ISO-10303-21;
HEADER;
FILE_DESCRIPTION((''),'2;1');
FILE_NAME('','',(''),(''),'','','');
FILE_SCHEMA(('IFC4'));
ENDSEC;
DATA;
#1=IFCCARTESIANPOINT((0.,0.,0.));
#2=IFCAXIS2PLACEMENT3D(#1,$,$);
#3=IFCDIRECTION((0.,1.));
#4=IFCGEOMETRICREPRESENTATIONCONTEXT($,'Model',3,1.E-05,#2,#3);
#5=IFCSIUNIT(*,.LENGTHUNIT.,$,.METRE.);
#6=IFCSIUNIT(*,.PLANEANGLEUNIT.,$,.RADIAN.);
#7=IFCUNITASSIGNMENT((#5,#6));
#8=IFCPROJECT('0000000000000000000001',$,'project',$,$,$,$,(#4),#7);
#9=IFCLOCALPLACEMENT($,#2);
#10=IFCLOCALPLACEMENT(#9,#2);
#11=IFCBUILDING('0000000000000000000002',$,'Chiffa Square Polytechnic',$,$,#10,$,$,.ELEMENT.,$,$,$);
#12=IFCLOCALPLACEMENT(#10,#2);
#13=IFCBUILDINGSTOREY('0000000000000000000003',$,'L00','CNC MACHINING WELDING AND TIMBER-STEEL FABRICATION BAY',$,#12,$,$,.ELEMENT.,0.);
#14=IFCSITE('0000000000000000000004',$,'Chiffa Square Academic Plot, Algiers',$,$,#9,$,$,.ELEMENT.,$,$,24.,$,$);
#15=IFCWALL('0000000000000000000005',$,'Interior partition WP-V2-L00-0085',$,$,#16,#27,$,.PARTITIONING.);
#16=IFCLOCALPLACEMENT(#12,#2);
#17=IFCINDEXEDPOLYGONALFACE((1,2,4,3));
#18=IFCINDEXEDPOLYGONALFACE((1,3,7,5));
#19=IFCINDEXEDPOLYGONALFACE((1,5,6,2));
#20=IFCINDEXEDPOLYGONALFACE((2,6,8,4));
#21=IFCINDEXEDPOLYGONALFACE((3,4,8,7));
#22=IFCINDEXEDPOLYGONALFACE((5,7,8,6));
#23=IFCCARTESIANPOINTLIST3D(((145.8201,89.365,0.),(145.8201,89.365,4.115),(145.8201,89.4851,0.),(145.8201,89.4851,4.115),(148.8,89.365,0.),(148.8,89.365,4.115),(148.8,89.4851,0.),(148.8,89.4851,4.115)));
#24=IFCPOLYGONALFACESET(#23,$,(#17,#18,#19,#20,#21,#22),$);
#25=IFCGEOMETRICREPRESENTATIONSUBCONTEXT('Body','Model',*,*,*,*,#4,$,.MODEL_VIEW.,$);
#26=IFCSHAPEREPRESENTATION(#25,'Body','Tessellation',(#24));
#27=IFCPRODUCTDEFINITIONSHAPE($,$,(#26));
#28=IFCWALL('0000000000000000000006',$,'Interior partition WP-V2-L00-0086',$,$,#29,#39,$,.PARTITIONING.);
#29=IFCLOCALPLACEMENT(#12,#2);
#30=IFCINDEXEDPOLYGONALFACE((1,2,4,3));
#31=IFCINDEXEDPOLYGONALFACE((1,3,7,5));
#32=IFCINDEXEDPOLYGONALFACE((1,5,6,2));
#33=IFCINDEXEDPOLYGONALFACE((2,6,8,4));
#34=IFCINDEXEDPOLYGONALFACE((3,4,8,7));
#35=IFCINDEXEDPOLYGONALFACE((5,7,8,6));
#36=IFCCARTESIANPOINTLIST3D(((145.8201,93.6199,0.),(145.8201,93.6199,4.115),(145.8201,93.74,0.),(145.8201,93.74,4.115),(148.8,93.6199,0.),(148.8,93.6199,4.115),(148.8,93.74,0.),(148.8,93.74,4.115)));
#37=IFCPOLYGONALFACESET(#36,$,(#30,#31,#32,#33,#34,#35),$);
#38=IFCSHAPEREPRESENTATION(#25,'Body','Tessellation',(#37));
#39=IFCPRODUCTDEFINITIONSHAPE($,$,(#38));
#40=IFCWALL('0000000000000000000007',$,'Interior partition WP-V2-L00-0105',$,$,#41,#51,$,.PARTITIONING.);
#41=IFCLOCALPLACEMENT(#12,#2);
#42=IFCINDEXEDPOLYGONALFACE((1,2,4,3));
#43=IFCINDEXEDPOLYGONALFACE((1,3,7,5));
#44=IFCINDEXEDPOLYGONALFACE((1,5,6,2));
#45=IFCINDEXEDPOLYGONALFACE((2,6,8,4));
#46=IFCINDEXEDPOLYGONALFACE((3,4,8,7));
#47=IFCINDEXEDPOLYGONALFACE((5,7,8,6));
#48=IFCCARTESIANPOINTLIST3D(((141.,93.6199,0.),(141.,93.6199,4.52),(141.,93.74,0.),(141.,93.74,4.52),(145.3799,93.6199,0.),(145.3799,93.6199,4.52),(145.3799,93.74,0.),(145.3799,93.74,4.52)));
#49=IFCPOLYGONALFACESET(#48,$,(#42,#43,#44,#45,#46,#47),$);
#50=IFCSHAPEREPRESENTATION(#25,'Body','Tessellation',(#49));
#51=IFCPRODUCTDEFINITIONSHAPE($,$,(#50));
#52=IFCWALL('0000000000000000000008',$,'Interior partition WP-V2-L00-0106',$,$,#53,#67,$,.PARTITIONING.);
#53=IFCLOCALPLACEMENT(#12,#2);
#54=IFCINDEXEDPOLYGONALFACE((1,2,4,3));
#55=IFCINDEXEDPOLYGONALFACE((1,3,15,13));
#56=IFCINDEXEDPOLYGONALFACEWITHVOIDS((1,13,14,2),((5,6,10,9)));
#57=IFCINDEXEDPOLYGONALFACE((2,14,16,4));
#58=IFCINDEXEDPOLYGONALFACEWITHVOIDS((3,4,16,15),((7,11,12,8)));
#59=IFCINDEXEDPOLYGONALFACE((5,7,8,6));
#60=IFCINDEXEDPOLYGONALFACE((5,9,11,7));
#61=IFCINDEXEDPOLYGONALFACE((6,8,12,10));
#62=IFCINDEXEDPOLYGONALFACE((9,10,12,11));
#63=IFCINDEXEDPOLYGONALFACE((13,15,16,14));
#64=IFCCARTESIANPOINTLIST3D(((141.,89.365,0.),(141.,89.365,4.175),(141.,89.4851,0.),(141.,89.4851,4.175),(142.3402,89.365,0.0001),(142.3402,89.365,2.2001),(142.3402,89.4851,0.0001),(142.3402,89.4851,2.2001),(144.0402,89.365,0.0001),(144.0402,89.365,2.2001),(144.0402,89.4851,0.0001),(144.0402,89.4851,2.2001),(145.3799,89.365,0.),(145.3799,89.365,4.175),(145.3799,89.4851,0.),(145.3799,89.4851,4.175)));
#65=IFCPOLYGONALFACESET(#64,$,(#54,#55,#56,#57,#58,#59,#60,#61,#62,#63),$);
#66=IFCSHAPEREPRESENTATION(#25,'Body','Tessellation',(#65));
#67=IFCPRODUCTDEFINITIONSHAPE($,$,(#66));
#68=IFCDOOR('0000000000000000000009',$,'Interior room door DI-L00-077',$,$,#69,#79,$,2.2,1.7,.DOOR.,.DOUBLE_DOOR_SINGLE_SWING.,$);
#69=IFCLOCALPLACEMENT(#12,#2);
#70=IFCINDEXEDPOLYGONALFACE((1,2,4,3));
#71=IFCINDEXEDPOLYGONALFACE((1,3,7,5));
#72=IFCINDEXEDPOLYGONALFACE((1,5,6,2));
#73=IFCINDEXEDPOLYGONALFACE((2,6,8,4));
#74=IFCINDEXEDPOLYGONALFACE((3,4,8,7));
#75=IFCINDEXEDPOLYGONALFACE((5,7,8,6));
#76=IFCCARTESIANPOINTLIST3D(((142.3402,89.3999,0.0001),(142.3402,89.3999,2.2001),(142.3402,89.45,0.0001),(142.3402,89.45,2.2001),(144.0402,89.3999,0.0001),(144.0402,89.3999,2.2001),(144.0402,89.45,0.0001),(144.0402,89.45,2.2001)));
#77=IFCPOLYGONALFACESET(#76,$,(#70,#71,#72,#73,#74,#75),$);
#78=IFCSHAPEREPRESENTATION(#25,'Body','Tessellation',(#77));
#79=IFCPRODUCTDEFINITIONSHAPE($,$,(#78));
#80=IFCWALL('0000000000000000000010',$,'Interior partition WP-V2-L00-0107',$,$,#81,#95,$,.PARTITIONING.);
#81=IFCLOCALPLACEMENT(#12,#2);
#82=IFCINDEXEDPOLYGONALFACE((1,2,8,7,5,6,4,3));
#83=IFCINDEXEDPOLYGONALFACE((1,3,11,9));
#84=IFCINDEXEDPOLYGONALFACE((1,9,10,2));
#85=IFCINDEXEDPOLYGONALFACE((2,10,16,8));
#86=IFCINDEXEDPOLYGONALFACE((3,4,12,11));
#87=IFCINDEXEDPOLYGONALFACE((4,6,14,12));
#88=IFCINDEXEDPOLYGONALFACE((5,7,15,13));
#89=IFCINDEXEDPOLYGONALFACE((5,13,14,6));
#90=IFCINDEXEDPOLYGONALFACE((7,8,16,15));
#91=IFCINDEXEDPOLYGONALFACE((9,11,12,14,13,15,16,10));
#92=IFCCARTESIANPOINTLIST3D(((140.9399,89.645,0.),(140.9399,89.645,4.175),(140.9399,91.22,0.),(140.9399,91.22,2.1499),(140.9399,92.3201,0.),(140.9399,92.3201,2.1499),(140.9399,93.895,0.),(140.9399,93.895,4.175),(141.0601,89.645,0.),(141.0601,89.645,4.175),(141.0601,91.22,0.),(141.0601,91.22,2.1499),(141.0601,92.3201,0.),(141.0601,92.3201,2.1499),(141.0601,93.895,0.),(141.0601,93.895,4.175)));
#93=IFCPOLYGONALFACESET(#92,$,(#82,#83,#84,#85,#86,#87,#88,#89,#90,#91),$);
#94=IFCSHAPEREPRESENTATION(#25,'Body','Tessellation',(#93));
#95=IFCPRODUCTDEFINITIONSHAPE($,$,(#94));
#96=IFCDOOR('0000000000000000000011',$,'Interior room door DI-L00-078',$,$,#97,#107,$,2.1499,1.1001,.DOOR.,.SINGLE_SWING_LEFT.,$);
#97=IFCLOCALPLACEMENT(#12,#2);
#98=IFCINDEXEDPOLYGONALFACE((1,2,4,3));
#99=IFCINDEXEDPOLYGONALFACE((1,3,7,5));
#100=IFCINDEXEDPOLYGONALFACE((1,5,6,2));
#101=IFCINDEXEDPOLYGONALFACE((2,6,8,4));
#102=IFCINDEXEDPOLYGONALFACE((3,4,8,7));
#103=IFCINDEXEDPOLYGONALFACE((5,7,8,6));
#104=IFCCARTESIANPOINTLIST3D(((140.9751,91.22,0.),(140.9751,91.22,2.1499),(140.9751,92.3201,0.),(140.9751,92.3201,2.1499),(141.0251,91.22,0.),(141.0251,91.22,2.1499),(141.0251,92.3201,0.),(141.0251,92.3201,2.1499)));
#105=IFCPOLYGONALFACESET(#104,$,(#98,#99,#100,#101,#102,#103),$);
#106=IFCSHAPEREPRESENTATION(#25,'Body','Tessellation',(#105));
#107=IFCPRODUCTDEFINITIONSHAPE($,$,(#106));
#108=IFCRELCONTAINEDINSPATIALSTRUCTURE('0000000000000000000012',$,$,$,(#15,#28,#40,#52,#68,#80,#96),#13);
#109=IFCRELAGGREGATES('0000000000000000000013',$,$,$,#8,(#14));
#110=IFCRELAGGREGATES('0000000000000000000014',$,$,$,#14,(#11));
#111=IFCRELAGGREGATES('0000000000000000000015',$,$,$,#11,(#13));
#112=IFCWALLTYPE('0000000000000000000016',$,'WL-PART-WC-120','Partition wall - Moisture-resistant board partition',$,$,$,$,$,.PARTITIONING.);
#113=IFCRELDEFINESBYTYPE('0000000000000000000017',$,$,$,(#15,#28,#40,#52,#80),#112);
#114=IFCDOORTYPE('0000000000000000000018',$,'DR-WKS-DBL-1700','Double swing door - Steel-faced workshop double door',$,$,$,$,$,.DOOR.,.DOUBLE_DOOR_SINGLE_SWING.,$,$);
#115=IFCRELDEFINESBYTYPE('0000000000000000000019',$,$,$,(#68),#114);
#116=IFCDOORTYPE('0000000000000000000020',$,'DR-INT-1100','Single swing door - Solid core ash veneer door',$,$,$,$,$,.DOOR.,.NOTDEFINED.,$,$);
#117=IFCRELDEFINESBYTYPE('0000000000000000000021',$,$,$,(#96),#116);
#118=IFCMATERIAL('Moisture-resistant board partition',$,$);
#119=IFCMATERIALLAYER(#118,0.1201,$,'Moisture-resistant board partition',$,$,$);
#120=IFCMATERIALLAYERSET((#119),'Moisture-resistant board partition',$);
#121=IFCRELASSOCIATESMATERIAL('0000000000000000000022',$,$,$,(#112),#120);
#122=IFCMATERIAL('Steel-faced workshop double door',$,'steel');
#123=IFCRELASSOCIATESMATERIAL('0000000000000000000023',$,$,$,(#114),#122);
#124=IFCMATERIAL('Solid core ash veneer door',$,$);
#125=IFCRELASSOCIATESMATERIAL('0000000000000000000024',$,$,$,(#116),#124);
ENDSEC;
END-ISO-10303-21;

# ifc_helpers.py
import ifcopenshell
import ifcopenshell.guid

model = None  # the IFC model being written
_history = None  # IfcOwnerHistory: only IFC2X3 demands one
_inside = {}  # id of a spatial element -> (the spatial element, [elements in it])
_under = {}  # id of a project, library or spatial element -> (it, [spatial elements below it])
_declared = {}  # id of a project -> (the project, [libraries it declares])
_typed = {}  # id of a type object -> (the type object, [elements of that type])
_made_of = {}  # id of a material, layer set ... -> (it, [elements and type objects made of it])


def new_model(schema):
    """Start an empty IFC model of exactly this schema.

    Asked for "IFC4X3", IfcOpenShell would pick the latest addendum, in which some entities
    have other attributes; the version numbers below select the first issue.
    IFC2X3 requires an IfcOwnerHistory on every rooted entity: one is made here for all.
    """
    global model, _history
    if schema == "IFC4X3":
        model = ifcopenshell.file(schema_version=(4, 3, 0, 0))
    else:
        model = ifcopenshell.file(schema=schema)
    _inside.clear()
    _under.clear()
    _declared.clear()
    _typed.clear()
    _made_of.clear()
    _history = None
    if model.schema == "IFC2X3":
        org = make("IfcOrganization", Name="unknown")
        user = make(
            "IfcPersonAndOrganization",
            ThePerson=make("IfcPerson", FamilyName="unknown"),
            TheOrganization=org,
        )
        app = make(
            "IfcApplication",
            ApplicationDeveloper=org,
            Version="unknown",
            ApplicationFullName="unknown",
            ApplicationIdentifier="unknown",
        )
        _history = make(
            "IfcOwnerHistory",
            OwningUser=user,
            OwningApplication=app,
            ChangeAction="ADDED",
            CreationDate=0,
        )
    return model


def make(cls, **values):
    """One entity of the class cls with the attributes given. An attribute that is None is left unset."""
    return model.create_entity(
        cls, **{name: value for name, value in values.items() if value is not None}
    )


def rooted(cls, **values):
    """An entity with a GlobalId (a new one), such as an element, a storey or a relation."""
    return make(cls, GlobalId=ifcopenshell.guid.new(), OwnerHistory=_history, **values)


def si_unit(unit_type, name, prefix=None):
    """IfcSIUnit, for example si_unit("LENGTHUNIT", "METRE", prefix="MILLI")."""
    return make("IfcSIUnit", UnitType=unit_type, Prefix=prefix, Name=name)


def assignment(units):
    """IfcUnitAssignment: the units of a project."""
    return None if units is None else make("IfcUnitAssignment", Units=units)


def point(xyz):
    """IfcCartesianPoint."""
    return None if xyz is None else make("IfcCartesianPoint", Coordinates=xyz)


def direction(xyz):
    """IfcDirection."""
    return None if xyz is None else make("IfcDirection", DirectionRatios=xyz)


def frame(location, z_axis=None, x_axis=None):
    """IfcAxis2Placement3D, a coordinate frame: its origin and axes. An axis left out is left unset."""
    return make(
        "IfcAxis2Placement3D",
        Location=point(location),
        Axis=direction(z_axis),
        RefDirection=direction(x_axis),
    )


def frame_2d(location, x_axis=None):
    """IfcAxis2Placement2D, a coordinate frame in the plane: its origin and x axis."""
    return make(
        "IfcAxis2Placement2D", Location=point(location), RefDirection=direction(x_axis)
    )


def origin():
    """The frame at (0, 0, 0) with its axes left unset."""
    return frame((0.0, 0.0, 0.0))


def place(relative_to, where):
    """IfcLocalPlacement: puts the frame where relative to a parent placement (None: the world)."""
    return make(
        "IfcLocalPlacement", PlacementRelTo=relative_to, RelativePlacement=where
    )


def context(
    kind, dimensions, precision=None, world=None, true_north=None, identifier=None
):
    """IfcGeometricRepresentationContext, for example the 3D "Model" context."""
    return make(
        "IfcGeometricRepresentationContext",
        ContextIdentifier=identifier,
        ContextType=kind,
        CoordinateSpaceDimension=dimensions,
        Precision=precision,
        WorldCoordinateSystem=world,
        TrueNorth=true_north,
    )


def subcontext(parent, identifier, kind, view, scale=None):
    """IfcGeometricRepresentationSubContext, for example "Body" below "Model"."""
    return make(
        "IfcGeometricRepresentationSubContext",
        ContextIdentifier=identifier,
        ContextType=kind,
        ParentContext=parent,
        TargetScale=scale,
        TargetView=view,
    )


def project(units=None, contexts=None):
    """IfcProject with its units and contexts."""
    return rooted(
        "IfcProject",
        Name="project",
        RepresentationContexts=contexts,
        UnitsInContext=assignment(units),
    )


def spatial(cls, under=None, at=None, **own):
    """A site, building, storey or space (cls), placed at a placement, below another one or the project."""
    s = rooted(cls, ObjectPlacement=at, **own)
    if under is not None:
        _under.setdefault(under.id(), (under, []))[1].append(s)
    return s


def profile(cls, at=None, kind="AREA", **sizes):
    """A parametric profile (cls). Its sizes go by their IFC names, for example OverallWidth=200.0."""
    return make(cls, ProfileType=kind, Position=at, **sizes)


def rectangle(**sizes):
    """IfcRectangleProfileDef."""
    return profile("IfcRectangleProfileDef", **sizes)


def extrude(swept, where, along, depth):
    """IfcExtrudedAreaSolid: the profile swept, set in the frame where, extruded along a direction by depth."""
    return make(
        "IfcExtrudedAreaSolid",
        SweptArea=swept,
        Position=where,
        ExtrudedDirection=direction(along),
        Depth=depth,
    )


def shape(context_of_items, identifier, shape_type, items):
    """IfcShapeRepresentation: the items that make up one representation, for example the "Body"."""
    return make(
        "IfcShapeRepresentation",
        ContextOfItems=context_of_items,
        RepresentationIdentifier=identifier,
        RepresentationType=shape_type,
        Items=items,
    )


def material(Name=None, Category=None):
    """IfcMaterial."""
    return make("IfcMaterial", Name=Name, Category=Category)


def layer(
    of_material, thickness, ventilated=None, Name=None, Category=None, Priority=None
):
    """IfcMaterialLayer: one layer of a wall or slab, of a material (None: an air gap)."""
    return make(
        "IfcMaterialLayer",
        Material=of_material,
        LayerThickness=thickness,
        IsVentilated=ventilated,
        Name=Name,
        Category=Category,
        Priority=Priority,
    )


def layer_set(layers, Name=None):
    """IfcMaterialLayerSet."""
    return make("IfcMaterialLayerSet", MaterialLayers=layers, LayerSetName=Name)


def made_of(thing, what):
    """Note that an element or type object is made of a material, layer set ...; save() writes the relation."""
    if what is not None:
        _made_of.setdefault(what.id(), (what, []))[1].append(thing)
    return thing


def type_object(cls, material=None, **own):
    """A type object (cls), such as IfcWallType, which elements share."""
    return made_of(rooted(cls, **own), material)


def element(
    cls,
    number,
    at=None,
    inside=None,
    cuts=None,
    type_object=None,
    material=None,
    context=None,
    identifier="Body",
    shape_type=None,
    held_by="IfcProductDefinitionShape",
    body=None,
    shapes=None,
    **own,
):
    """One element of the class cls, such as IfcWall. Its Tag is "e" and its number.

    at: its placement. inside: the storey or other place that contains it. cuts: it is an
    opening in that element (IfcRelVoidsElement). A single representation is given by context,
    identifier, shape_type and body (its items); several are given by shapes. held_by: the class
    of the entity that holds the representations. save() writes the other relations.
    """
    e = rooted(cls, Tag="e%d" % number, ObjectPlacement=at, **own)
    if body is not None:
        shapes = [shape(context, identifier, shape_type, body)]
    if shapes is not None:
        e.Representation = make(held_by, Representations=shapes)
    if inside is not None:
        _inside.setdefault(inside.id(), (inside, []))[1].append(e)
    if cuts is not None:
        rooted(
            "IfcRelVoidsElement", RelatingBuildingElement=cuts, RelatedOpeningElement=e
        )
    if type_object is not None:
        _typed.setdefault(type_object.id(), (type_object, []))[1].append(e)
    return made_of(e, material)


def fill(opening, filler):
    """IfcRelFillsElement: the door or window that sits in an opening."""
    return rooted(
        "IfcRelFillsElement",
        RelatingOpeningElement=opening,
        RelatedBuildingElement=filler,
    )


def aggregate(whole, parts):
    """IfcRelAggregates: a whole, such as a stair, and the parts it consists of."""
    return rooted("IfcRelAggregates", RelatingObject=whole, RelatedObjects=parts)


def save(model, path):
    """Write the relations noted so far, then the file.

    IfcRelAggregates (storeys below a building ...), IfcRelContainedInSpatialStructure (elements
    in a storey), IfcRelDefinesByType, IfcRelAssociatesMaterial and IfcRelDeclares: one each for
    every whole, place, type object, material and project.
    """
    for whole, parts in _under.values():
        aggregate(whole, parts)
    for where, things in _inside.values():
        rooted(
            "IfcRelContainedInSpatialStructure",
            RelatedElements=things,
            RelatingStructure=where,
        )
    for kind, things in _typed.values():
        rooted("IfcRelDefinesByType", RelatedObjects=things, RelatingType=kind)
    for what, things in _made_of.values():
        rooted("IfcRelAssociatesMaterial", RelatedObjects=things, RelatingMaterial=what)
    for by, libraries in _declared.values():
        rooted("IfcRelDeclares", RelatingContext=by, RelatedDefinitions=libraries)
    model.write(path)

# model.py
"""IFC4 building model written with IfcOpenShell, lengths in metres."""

from ifc_helpers import new_model, si_unit, direction, frame, frame_2d, origin, place, context, subcontext, project, spatial, rectangle, extrude, material, layer, layer_set, type_object, element, fill, save


model = new_model("IFC4")

# Units and contexts
model_context = context("Model", 3, precision=1e-05, world=origin(), true_north=direction((0.0, 1.0)))
body_context = subcontext(model_context, "Body", "Model", "MODEL_VIEW")
ifc_project = project(units=[si_unit("LENGTHUNIT", "METRE"), si_unit("PLANEANGLEUNIT", "RADIAN")], contexts=[model_context])

# Site, building, storey
site_placement = place(None, origin())
site = spatial("IfcSite", under=ifc_project, at=site_placement, Name="Chiffa Square Academic Plot, Algiers", CompositionType="ELEMENT", RefElevation=24.0)
building_placement = place(site_placement, origin())
building = spatial("IfcBuilding", under=site, at=building_placement, Name="Chiffa Square Polytechnic", CompositionType="ELEMENT")
storey_placement = place(building_placement, origin())
storey = spatial("IfcBuildingStorey", under=building, at=storey_placement, Name="L00", Description="CNC MACHINING WELDING AND TIMBER-STEEL FABRICATION BAY", CompositionType="ELEMENT", Elevation=0.0)

# Shared definitions
ifc_material_1 = material(Name="Moisture-resistant board partition")
ifc_layer_1 = layer(ifc_material_1, 0.1201, Name="Moisture-resistant board partition")
ifc_layer_set_1 = layer_set([ifc_layer_1], Name="Moisture-resistant board partition")
wall_type_1 = type_object("IfcWallType", Name="WL-PART-WC-120", Description="Partition wall - Moisture-resistant board partition", PredefinedType="PARTITIONING", material=ifc_layer_set_1)
ifc_material_2 = material(Name="Steel-faced workshop double door", Category="steel")
door_type_1 = type_object("IfcDoorType", Name="DR-WKS-DBL-1700", Description="Double swing door - Steel-faced workshop double door", OperationType="DOUBLE_DOOR_SINGLE_SWING", PredefinedType="DOOR", material=ifc_material_2)

# Walls
for number, where, z_axis, x_axis, name in (
    (1, (145.8201, 89.425, 0.0), (0.0, 0.0, 1.0), (1.0, 0.0, 0.0), "Interior partition WP-V2-L00-0085"),
    (2, (145.8201, 93.6799, 0.0), (0.0, 0.0, 1.0), (1.0, 0.0, 0.0), "Interior partition WP-V2-L00-0086"),
):
    element("IfcWall", number, at=place(storey_placement, frame(where, z_axis=z_axis, x_axis=x_axis)), inside=storey, type_object=wall_type_1, Name=name, PredefinedType="PARTITIONING", context=body_context, shape_type="SweptSolid", body=[
        extrude(rectangle(XDim=2.98, YDim=0.1201, at=frame_2d((1.49, 0.0))), origin(), (0.0, 0.0, 1.0), 4.115),
    ])

# Wall
wall_1_placement = place(storey_placement, frame((141.0, 93.6799, 0.0), z_axis=(0.0, 0.0, 1.0), x_axis=(1.0, 0.0, 0.0)))
element("IfcWall", 3, at=wall_1_placement, inside=storey, type_object=wall_type_1, Name="Interior partition WP-V2-L00-0105", PredefinedType="PARTITIONING", context=body_context, shape_type="SweptSolid", body=[
    extrude(rectangle(XDim=4.3799, YDim=0.1201, at=frame_2d((2.1899, 0.0))), origin(), (0.0, 0.0, 1.0), 4.52),
])

# Walls, openings, doors
wall_2_placement = place(storey_placement, frame((141.0, 89.425, 0.0), z_axis=(0.0, 0.0, 1.0), x_axis=(1.0, 0.0, 0.0)))
wall_2 = element("IfcWall", 4, at=wall_2_placement, inside=storey, type_object=wall_type_1, Name="Interior partition WP-V2-L00-0106", PredefinedType="PARTITIONING", context=body_context, shape_type="SweptSolid", body=[
    extrude(rectangle(XDim=4.3799, YDim=0.1201, at=frame_2d((2.1899, 0.0))), origin(), (0.0, 0.0, 1.0), 4.175),
])
opening_1_placement = place(wall_2_placement, frame((1.3401, 0.0, 0.0)))
opening_1 = element("IfcOpeningElement", 5, at=opening_1_placement, cuts=wall_2, PredefinedType="OPENING", context=body_context, shape_type="SweptSolid", body=[
    extrude(rectangle(XDim=1.7, YDim=2.2, at=frame_2d((0.8501, 1.1001))), frame((0.0, 0.0701, 0.0), z_axis=(0.0, -1.0, 0.0), x_axis=(1.0, 0.0, 0.0)), (0.0, 0.0, 1.0), 0.1401),
])
door_1_placement = place(opening_1_placement, origin())
door_1 = element("IfcDoor", 6, at=door_1_placement, inside=storey, type_object=door_type_1, Name="Interior room door DI-L00-077", OperationType="DOUBLE_DOOR_SINGLE_SWING", OverallHeight=2.2, OverallWidth=1.7, PredefinedType="DOOR", context=body_context, shape_type="SweptSolid", body=[
    extrude(rectangle(XDim=1.7, YDim=2.2, at=frame_2d((0.8501, 1.1001))), frame((0.0, 0.0249, 0.0), z_axis=(0.0, -1.0, 0.0), x_axis=(1.0, 0.0, 0.0)), (0.0, 0.0, 1.0), 0.05),
])
fill(opening_1, door_1)
wall_3_placement = place(storey_placement, frame((141.0, 89.645, 0.0), z_axis=(0.0, 0.0, 1.0), x_axis=(0.0, 1.0, 0.0)))
wall_3 = element("IfcWall", 7, at=wall_3_placement, inside=storey, type_object=wall_type_1, Name="Interior partition WP-V2-L00-0107", PredefinedType="PARTITIONING", context=body_context, shape_type="SweptSolid", body=[
    extrude(rectangle(XDim=4.25, YDim=0.1201, at=frame_2d((2.125, 0.0))), origin(), (0.0, 0.0, 1.0), 4.175),
])
opening_2_placement = place(wall_3_placement, frame((1.575, 0.0, 0.0)))
opening_2 = element("IfcOpeningElement", 8, at=opening_2_placement, cuts=wall_3, PredefinedType="OPENING", context=body_context, shape_type="SweptSolid", body=[
    extrude(rectangle(XDim=1.1001, YDim=2.1499, at=frame_2d((0.55, 1.075))), frame((0.0, 0.0701, 0.0), z_axis=(0.0, -1.0, 0.0), x_axis=(1.0, 0.0, 0.0)), (0.0, 0.0, 1.0), 0.1401),
])
ifc_material_3 = material(Name="Solid core ash veneer door")
door_type_2 = type_object("IfcDoorType", Name="DR-INT-1100", Description="Single swing door - Solid core ash veneer door", OperationType="NOTDEFINED", PredefinedType="DOOR", material=ifc_material_3)
door_2_placement = place(opening_2_placement, origin())
door_2 = element("IfcDoor", 9, at=door_2_placement, inside=storey, type_object=door_type_2, Name="Interior room door DI-L00-078", OperationType="SINGLE_SWING_LEFT", OverallHeight=2.1499, OverallWidth=1.1001, PredefinedType="DOOR", context=body_context, shape_type="SweptSolid", body=[
    extrude(rectangle(XDim=1.1001, YDim=2.1499, at=frame_2d((0.55, 1.075))), frame((0.0, 0.0249, 0.0), z_axis=(0.0, -1.0, 0.0), x_axis=(1.0, 0.0, 0.0)), (0.0, 0.0, 1.0), 0.05),
])
fill(opening_2, door_2)

save(model, "model.ifc")
